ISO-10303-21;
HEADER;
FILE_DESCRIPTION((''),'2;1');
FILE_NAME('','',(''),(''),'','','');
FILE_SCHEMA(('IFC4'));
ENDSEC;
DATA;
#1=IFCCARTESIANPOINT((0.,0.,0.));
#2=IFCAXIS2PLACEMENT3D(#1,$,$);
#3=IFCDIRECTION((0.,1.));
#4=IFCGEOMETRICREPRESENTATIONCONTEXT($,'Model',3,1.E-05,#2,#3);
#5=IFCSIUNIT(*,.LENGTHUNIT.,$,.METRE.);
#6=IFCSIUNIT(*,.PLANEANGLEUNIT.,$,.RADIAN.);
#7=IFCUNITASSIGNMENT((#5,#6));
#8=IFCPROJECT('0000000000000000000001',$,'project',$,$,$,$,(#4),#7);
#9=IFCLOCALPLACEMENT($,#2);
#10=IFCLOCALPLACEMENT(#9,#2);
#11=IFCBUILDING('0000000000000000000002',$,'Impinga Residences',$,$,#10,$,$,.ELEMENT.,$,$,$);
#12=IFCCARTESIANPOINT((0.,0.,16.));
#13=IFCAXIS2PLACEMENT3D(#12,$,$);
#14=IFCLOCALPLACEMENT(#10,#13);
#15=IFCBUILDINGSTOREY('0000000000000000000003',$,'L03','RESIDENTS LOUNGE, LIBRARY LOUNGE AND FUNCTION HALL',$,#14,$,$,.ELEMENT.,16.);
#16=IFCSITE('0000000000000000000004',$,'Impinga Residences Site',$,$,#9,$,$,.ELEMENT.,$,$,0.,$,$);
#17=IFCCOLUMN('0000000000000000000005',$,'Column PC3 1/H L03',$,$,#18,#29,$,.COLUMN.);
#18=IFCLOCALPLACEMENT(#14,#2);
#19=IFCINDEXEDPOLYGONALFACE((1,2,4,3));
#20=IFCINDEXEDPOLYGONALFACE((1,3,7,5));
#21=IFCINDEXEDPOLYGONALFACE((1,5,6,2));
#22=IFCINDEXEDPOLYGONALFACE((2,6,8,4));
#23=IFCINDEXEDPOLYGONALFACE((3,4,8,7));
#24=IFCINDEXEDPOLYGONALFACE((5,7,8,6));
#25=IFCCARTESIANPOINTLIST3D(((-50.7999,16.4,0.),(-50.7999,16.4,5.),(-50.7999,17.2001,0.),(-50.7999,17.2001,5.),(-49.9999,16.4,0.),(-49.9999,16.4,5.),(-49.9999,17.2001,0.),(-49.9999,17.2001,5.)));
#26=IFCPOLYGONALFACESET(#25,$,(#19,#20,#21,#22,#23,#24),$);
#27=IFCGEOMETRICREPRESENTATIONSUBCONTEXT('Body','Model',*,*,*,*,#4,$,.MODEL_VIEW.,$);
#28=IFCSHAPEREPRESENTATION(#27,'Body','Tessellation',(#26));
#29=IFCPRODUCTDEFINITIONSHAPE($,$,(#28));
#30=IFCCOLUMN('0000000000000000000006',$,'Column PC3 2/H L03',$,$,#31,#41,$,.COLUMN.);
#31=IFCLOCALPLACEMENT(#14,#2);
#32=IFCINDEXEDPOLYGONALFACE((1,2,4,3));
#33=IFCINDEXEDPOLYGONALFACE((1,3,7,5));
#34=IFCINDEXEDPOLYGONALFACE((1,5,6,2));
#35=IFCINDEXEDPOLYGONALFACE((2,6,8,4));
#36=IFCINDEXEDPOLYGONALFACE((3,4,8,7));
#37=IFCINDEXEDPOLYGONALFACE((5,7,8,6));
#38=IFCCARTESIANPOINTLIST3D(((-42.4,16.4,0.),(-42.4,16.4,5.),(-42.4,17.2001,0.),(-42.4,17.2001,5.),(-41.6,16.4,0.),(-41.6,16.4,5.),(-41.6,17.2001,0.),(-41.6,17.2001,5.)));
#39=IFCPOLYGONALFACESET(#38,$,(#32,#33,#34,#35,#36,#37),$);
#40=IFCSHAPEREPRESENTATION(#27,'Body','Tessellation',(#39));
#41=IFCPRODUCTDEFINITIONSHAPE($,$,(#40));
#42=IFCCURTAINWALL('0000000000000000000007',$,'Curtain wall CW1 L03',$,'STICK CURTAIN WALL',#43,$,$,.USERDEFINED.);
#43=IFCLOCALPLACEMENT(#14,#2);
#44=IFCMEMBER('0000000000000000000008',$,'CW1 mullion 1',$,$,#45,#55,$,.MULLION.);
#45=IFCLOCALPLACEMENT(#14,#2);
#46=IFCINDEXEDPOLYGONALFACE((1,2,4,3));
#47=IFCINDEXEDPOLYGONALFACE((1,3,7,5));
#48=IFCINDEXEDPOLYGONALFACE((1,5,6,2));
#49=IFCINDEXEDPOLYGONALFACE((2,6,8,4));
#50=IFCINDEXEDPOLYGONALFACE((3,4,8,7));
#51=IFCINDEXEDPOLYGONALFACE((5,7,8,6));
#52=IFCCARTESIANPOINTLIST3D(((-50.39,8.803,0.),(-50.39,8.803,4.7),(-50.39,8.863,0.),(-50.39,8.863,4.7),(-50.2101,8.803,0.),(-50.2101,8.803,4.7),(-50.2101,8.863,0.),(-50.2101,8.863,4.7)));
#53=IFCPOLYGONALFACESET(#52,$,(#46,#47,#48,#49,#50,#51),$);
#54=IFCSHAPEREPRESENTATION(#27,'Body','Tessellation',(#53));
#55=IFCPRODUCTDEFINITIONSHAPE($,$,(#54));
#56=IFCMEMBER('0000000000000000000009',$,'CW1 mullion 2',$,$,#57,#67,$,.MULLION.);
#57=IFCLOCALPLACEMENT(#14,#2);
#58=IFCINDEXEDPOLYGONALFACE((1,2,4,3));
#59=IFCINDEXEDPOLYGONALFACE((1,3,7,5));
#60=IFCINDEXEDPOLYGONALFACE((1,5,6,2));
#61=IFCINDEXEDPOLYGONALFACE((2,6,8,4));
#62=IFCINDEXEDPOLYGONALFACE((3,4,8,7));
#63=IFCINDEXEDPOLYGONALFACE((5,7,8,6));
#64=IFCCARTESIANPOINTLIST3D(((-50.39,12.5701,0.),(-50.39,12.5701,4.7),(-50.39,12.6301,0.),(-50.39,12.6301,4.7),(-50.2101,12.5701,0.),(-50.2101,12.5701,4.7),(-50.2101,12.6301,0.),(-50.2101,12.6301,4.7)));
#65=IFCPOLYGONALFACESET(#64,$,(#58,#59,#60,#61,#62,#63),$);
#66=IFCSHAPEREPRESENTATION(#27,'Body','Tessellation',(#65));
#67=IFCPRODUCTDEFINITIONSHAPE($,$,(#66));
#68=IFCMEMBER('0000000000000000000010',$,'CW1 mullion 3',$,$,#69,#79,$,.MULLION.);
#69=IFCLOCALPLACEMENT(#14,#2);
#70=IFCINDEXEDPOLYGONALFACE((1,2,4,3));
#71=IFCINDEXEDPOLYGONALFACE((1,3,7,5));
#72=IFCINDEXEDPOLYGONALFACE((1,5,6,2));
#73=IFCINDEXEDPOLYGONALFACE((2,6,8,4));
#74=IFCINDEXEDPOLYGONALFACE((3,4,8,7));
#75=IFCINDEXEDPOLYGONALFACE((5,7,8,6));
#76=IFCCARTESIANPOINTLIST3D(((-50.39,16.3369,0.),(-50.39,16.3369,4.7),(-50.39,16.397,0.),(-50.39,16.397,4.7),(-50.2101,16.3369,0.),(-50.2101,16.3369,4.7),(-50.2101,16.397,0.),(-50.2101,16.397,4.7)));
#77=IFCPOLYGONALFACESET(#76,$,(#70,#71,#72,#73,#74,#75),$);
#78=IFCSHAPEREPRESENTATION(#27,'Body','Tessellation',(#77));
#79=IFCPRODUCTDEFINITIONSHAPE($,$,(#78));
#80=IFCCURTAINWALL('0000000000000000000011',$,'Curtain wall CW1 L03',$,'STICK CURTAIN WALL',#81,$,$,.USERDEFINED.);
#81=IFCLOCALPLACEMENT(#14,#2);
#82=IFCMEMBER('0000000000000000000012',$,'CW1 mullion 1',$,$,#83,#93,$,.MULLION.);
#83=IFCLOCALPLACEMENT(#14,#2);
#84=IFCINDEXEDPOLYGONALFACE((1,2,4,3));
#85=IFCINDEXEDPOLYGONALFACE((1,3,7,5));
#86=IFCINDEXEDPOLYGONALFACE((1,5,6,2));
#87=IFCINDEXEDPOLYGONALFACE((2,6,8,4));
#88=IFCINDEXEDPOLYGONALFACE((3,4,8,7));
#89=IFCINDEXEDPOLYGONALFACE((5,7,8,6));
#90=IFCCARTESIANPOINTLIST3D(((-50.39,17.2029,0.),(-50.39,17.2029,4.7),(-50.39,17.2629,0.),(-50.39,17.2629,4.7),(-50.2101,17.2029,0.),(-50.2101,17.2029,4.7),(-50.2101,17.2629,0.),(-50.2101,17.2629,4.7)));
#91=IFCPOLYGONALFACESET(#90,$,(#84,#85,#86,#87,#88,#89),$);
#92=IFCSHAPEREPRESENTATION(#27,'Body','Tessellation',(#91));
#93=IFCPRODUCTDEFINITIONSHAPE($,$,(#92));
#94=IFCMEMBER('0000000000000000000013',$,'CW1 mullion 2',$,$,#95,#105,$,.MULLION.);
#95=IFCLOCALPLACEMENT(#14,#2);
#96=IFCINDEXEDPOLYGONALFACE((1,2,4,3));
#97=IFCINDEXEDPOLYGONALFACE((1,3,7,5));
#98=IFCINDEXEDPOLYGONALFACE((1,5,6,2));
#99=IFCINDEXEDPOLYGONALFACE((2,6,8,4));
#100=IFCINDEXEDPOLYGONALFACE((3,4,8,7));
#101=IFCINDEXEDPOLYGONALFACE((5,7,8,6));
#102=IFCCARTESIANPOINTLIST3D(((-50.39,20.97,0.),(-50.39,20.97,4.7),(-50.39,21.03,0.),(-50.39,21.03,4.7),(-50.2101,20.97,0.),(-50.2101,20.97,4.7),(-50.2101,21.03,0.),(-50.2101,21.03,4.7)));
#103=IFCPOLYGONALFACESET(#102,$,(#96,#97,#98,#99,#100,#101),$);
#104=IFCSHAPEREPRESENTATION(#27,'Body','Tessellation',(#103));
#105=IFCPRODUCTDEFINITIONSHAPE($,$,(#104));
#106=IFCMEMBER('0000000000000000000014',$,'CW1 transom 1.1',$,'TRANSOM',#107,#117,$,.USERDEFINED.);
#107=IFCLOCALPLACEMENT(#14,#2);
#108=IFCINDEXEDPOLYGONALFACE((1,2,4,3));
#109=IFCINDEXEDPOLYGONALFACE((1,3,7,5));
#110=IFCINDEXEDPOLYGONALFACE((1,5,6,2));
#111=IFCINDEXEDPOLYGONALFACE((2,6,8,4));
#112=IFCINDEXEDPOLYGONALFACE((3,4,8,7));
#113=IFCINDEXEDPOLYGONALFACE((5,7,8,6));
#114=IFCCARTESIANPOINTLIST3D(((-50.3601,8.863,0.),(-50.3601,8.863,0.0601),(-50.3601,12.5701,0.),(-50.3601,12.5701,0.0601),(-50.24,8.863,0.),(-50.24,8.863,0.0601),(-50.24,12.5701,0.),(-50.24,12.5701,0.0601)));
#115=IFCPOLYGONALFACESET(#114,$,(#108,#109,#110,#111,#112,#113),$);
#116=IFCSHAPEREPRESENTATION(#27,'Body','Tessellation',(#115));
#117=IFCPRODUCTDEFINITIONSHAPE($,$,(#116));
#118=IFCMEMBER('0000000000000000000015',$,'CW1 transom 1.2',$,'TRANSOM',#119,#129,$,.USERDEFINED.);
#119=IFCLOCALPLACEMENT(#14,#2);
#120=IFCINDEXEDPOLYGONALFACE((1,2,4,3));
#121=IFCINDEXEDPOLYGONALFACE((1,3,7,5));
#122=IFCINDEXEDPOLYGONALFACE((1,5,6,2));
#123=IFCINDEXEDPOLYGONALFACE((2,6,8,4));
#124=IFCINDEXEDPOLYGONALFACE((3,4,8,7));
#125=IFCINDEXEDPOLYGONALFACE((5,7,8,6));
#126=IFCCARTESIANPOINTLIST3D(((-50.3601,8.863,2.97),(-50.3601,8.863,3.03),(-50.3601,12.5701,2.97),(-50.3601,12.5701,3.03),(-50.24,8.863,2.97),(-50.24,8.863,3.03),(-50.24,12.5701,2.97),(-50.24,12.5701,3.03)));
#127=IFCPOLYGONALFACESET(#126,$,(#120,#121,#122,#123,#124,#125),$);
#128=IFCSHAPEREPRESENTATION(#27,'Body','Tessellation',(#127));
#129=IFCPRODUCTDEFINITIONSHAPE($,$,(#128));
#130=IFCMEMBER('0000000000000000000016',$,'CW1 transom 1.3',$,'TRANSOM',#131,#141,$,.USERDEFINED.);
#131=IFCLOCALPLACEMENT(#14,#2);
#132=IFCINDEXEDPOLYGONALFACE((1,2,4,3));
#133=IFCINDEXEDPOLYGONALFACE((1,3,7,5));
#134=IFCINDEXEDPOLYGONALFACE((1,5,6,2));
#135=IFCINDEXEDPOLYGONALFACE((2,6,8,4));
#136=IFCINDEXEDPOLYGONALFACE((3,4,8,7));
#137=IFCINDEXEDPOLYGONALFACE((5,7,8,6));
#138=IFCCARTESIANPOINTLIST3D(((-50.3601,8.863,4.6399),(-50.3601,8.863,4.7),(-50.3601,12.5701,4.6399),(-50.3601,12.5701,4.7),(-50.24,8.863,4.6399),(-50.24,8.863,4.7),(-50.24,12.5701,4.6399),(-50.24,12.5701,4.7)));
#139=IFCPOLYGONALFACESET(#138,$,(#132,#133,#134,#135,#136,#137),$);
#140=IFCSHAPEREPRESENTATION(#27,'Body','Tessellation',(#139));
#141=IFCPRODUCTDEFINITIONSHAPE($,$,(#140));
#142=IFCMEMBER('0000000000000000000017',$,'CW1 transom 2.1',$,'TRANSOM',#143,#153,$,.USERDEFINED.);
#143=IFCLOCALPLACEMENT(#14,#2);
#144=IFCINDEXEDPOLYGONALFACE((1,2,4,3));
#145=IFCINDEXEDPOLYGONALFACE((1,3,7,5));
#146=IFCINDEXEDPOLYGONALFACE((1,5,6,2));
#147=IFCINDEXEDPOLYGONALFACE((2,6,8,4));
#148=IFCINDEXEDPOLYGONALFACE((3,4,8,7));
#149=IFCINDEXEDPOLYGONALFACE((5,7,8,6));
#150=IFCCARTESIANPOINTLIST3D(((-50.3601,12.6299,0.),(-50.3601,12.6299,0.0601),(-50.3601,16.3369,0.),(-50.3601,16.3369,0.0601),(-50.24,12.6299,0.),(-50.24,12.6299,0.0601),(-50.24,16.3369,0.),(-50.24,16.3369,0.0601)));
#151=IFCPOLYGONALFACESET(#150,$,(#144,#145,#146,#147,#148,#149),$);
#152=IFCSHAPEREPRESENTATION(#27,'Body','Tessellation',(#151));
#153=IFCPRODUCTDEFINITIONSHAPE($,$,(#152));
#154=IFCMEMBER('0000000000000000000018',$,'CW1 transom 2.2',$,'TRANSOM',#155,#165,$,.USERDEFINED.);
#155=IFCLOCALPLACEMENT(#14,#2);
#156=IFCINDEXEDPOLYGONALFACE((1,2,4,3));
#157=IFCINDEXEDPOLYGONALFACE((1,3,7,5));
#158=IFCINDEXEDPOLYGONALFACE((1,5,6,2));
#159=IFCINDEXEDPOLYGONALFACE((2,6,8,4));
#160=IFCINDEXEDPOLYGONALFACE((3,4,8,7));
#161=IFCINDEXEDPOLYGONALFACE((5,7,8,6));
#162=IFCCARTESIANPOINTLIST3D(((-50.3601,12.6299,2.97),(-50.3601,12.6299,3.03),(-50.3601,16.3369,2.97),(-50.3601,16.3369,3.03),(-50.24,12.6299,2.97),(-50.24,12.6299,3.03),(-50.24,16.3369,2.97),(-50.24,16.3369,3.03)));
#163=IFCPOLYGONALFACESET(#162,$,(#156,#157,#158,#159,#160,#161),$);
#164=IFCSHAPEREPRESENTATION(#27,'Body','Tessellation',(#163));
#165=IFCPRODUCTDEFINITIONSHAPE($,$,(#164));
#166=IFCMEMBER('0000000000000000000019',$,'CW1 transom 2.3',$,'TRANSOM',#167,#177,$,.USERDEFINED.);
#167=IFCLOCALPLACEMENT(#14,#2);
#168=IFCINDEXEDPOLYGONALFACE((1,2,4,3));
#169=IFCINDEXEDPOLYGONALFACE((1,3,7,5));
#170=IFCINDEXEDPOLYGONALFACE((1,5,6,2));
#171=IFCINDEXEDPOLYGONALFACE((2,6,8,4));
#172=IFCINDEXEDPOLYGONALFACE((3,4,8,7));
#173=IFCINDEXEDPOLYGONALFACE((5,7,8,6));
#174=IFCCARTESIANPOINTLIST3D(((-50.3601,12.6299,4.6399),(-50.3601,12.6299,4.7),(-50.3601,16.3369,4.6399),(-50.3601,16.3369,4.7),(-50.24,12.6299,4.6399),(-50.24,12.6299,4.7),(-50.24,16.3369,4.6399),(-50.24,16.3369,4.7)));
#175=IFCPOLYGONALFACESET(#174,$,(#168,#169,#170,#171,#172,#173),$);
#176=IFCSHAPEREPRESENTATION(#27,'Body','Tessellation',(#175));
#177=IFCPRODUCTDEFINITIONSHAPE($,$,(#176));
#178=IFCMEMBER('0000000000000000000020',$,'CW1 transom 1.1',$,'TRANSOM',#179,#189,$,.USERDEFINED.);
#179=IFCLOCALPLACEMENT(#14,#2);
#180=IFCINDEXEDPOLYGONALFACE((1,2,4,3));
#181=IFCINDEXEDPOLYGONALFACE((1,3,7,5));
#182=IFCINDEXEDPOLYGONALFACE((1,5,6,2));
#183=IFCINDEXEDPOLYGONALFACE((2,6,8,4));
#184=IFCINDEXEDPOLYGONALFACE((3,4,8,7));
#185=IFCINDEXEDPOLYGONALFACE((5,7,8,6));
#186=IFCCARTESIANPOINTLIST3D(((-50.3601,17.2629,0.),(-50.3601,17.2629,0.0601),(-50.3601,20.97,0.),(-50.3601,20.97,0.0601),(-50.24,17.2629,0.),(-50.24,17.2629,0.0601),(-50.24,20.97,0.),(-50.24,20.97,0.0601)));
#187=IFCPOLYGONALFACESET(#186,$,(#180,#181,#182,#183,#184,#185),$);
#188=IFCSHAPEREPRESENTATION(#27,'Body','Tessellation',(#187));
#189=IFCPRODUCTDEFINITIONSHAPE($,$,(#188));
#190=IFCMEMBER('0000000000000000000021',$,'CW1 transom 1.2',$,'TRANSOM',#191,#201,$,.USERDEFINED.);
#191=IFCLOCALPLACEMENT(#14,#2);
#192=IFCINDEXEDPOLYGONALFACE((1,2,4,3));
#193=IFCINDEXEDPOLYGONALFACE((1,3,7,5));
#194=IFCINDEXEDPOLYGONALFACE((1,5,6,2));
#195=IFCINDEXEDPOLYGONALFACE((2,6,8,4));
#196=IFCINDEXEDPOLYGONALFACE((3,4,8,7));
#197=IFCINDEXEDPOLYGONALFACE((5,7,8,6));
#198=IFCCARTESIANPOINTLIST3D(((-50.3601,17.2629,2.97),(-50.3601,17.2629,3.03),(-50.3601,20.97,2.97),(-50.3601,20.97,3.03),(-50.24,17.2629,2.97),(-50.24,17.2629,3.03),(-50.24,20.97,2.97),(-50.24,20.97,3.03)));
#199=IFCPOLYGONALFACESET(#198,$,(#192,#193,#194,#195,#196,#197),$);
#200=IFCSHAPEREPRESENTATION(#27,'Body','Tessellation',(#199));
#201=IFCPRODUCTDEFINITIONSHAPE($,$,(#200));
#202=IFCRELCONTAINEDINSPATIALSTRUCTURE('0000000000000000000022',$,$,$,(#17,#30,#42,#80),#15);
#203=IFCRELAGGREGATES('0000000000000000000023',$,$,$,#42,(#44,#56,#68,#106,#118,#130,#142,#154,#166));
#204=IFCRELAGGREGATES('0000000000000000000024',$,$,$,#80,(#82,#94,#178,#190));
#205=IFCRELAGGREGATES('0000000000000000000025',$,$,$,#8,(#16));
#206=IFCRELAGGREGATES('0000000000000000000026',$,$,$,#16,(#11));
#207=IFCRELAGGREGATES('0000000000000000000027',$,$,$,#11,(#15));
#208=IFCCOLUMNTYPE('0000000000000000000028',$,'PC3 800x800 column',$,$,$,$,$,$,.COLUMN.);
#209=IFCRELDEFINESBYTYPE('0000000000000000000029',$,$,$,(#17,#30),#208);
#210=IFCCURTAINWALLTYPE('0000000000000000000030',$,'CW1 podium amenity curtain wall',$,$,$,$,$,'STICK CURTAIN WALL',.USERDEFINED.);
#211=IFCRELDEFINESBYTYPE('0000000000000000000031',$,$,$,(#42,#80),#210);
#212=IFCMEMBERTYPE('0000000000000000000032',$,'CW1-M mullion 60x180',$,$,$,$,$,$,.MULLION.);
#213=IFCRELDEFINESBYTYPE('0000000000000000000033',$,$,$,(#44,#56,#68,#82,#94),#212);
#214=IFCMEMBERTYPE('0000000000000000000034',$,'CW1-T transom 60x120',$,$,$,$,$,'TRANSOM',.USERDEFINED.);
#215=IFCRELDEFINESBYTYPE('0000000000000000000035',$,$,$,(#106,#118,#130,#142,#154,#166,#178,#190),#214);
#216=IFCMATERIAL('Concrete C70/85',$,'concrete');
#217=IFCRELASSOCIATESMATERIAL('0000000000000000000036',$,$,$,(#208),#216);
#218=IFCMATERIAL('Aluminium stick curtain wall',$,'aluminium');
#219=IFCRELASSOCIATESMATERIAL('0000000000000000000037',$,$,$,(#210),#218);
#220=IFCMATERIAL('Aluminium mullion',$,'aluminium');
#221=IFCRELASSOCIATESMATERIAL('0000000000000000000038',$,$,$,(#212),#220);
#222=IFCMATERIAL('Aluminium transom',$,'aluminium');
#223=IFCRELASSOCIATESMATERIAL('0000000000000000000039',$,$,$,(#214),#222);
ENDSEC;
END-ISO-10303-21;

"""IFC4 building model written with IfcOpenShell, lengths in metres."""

from ifc_helpers import new_model, si_unit, direction, frame, origin, origin_2d, place, context, subcontext, project, spatial, rectangle, extrude, material, material_profile, profile_set, type_object, element, aggregate, save


model = new_model("IFC4")

# Units and contexts
model_context = context("Model", 3, precision=1e-05, world=origin(), true_north=direction((0.0, 1.0)))
body_context = subcontext(model_context, "Body", "Model", "MODEL_VIEW")
ifc_project = project(units=[si_unit("LENGTHUNIT", "METRE"), si_unit("PLANEANGLEUNIT", "RADIAN")], contexts=[model_context])

# Site, building, storey
site_placement = place(None, origin())
site = spatial("IfcSite", under=ifc_project, at=site_placement, Name="Impinga Residences Site", CompositionType="ELEMENT", RefElevation=0.0)
building_placement = place(site_placement, origin())
building = spatial("IfcBuilding", under=site, at=building_placement, Name="Impinga Residences", CompositionType="ELEMENT")
storey_placement = place(building_placement, frame((0.0, 0.0, 16.0)))
storey = spatial("IfcBuildingStorey", under=building, at=storey_placement, Name="L03", Description="RESIDENTS LOUNGE, LIBRARY LOUNGE AND FUNCTION HALL", CompositionType="ELEMENT", Elevation=16.0)

# Columns
ifc_material_1 = material(Name="Concrete C70/85", Category="concrete")
ifc_material_profile_1 = material_profile(ifc_material_1, rectangle(XDim=0.8, YDim=0.8, at=origin_2d()), Name="RC 800x800")
ifc_profile_set_1 = profile_set([ifc_material_profile_1], Name="Concrete C70/85")
column_type = type_object("IfcColumnType", Name="PC3 800x800 column", PredefinedType="COLUMN", material=ifc_profile_set_1)
for number, where, z_axis, x_axis, name in (
    (1, (-50.3999, 16.8, 0.0), (0.0, 0.0, 1.0), (1.0, 0.0, 0.0), "Column PC3 1/H L03"),
    (2, (-42.0, 16.8, 0.0), (0.0, 0.0, 1.0), (1.0, 0.0, 0.0), "Column PC3 2/H L03"),
):
    element("IfcColumn", number, at=place(storey_placement, frame(where, z_axis=z_axis, x_axis=x_axis)), inside=storey, type_object=column_type, Name=name, PredefinedType="COLUMN", context=body_context, shape_type="SweptSolid", body=[
        extrude(rectangle(XDim=0.8, YDim=0.8, at=origin_2d()), origin(), (0.0, 0.0, 1.0), 5.0),
    ])

# Curtain walls, members
ifc_material_2 = material(Name="Aluminium stick curtain wall", Category="aluminium")
curtain_wall_type = type_object("IfcCurtainWallType", Name="CW1 podium amenity curtain wall", ElementType="STICK CURTAIN WALL", PredefinedType="USERDEFINED", material=ifc_material_2)
curtain_wall_1_placement = place(storey_placement, origin())
curtain_wall_1 = element("IfcCurtainWall", 3, at=curtain_wall_1_placement, inside=storey, type_object=curtain_wall_type, Name="Curtain wall CW1 L03", ObjectType="STICK CURTAIN WALL", PredefinedType="USERDEFINED")
ifc_material_3 = material(Name="Aluminium mullion", Category="aluminium")
ifc_material_profile_2 = material_profile(ifc_material_3, rectangle(XDim=0.0601, YDim=0.1799, at=origin_2d()), Name="60x180 mullion")
ifc_profile_set_2 = profile_set([ifc_material_profile_2], Name="Aluminium mullion")
member_type_1 = type_object("IfcMemberType", Name="CW1-M mullion 60x180", PredefinedType="MULLION", material=ifc_profile_set_2)
member_1_placement = place(storey_placement, frame((-50.3, 8.833, 0.0), z_axis=(0.0, 0.0, 1.0), x_axis=(0.0, 1.0, 0.0)))
member_1 = element("IfcMember", 4, at=member_1_placement, type_object=member_type_1, Name="CW1 mullion 1", PredefinedType="MULLION", context=body_context, shape_type="SweptSolid", body=[
    extrude(rectangle(XDim=0.0601, YDim=0.1799, at=origin_2d()), origin(), (0.0, 0.0, 1.0), 4.7),
])
member_2_placement = place(storey_placement, frame((-50.3, 12.6001, 0.0), z_axis=(0.0, 0.0, 1.0), x_axis=(0.0, 1.0, 0.0)))
member_2 = element("IfcMember", 5, at=member_2_placement, type_object=member_type_1, Name="CW1 mullion 2", PredefinedType="MULLION", context=body_context, shape_type="SweptSolid", body=[
    extrude(rectangle(XDim=0.0601, YDim=0.1799, at=origin_2d()), origin(), (0.0, 0.0, 1.0), 4.7),
])
member_3_placement = place(storey_placement, frame((-50.3, 16.3669, 0.0), z_axis=(0.0, 0.0, 1.0), x_axis=(0.0, 1.0, 0.0)))
member_3 = element("IfcMember", 6, at=member_3_placement, type_object=member_type_1, Name="CW1 mullion 3", PredefinedType="MULLION", context=body_context, shape_type="SweptSolid", body=[
    extrude(rectangle(XDim=0.0601, YDim=0.1799, at=origin_2d()), origin(), (0.0, 0.0, 1.0), 4.7),
])
curtain_wall_2_placement = place(storey_placement, origin())
curtain_wall_2 = element("IfcCurtainWall", 7, at=curtain_wall_2_placement, inside=storey, type_object=curtain_wall_type, Name="Curtain wall CW1 L03", ObjectType="STICK CURTAIN WALL", PredefinedType="USERDEFINED")
member_4_placement = place(storey_placement, frame((-50.3, 17.2329, 0.0), z_axis=(0.0, 0.0, 1.0), x_axis=(0.0, 1.0, 0.0)))
member_4 = element("IfcMember", 8, at=member_4_placement, type_object=member_type_1, Name="CW1 mullion 1", PredefinedType="MULLION", context=body_context, shape_type="SweptSolid", body=[
    extrude(rectangle(XDim=0.0601, YDim=0.1799, at=origin_2d()), origin(), (0.0, 0.0, 1.0), 4.7),
])
member_5_placement = place(storey_placement, frame((-50.3, 21.0, 0.0), z_axis=(0.0, 0.0, 1.0), x_axis=(0.0, 1.0, 0.0)))
member_5 = element("IfcMember", 9, at=member_5_placement, type_object=member_type_1, Name="CW1 mullion 2", PredefinedType="MULLION", context=body_context, shape_type="SweptSolid", body=[
    extrude(rectangle(XDim=0.0601, YDim=0.1799, at=origin_2d()), origin(), (0.0, 0.0, 1.0), 4.7),
])

# Members
ifc_material_4 = material(Name="Aluminium transom", Category="aluminium")
ifc_material_profile_3 = material_profile(ifc_material_4, rectangle(XDim=0.0601, YDim=0.1201, at=origin_2d()), Name="60x120 transom")
ifc_profile_set_3 = profile_set([ifc_material_profile_3], Name="Aluminium transom")
member_type_2 = type_object("IfcMemberType", Name="CW1-T transom 60x120", ElementType="TRANSOM", PredefinedType="USERDEFINED", material=ifc_profile_set_3)
member_6_placement = place(storey_placement, frame((-50.3, 8.863, 0.03), z_axis=(0.0, 1.0, 0.0), x_axis=(0.0, 0.0, 1.0)))
member_6 = element("IfcMember", 10, at=member_6_placement, type_object=member_type_2, Name="CW1 transom 1.1", ObjectType="TRANSOM", PredefinedType="USERDEFINED", context=body_context, shape_type="SweptSolid", body=[
    extrude(rectangle(XDim=0.0601, YDim=0.1201, at=origin_2d()), origin(), (0.0, 0.0, 1.0), 3.707),
])
member_7_placement = place(storey_placement, frame((-50.3, 8.863, 3.0), z_axis=(0.0, 1.0, 0.0), x_axis=(0.0, 0.0, 1.0)))
member_7 = element("IfcMember", 11, at=member_7_placement, type_object=member_type_2, Name="CW1 transom 1.2", ObjectType="TRANSOM", PredefinedType="USERDEFINED", context=body_context, shape_type="SweptSolid", body=[
    extrude(rectangle(XDim=0.0601, YDim=0.1201, at=origin_2d()), origin(), (0.0, 0.0, 1.0), 3.707),
])
member_8_placement = place(storey_placement, frame((-50.3, 8.863, 4.6699), z_axis=(0.0, 1.0, 0.0), x_axis=(0.0, 0.0, 1.0)))
member_8 = element("IfcMember", 12, at=member_8_placement, type_object=member_type_2, Name="CW1 transom 1.3", ObjectType="TRANSOM", PredefinedType="USERDEFINED", context=body_context, shape_type="SweptSolid", body=[
    extrude(rectangle(XDim=0.0601, YDim=0.1201, at=origin_2d()), origin(), (0.0, 0.0, 1.0), 3.707),
])
member_9_placement = place(storey_placement, frame((-50.3, 12.6299, 0.03), z_axis=(0.0, 1.0, 0.0), x_axis=(0.0, 0.0, 1.0)))
member_9 = element("IfcMember", 13, at=member_9_placement, type_object=member_type_2, Name="CW1 transom 2.1", ObjectType="TRANSOM", PredefinedType="USERDEFINED", context=body_context, shape_type="SweptSolid", body=[
    extrude(rectangle(XDim=0.0601, YDim=0.1201, at=origin_2d()), origin(), (0.0, 0.0, 1.0), 3.707),
])
member_10_placement = place(storey_placement, frame((-50.3, 12.6299, 3.0), z_axis=(0.0, 1.0, 0.0), x_axis=(0.0, 0.0, 1.0)))
member_10 = element("IfcMember", 14, at=member_10_placement, type_object=member_type_2, Name="CW1 transom 2.2", ObjectType="TRANSOM", PredefinedType="USERDEFINED", context=body_context, shape_type="SweptSolid", body=[
    extrude(rectangle(XDim=0.0601, YDim=0.1201, at=origin_2d()), origin(), (0.0, 0.0, 1.0), 3.707),
])
member_11_placement = place(storey_placement, frame((-50.3, 12.6299, 4.6699), z_axis=(0.0, 1.0, 0.0), x_axis=(0.0, 0.0, 1.0)))
member_11 = element("IfcMember", 15, at=member_11_placement, type_object=member_type_2, Name="CW1 transom 2.3", ObjectType="TRANSOM", PredefinedType="USERDEFINED", context=body_context, shape_type="SweptSolid", body=[
    extrude(rectangle(XDim=0.0601, YDim=0.1201, at=origin_2d()), origin(), (0.0, 0.0, 1.0), 3.707),
])
member_12_placement = place(storey_placement, frame((-50.3, 17.2629, 0.03), z_axis=(0.0, 1.0, 0.0), x_axis=(0.0, 0.0, 1.0)))
member_12 = element("IfcMember", 16, at=member_12_placement, type_object=member_type_2, Name="CW1 transom 1.1", ObjectType="TRANSOM", PredefinedType="USERDEFINED", context=body_context, shape_type="SweptSolid", body=[
    extrude(rectangle(XDim=0.0601, YDim=0.1201, at=origin_2d()), origin(), (0.0, 0.0, 1.0), 3.707),
])
member_13_placement = place(storey_placement, frame((-50.3, 17.2629, 3.0), z_axis=(0.0, 1.0, 0.0), x_axis=(0.0, 0.0, 1.0)))
member_13 = element("IfcMember", 17, at=member_13_placement, type_object=member_type_2, Name="CW1 transom 1.2", ObjectType="TRANSOM", PredefinedType="USERDEFINED", context=body_context, shape_type="SweptSolid", body=[
    extrude(rectangle(XDim=0.0601, YDim=0.1201, at=origin_2d()), origin(), (0.0, 0.0, 1.0), 3.707),
])

aggregate(curtain_wall_1, [member_1, member_2, member_3, member_6, member_7, member_8, member_9, member_10, member_11])
aggregate(curtain_wall_2, [member_4, member_5, member_12, member_13])

save(model, "model.ifc")
